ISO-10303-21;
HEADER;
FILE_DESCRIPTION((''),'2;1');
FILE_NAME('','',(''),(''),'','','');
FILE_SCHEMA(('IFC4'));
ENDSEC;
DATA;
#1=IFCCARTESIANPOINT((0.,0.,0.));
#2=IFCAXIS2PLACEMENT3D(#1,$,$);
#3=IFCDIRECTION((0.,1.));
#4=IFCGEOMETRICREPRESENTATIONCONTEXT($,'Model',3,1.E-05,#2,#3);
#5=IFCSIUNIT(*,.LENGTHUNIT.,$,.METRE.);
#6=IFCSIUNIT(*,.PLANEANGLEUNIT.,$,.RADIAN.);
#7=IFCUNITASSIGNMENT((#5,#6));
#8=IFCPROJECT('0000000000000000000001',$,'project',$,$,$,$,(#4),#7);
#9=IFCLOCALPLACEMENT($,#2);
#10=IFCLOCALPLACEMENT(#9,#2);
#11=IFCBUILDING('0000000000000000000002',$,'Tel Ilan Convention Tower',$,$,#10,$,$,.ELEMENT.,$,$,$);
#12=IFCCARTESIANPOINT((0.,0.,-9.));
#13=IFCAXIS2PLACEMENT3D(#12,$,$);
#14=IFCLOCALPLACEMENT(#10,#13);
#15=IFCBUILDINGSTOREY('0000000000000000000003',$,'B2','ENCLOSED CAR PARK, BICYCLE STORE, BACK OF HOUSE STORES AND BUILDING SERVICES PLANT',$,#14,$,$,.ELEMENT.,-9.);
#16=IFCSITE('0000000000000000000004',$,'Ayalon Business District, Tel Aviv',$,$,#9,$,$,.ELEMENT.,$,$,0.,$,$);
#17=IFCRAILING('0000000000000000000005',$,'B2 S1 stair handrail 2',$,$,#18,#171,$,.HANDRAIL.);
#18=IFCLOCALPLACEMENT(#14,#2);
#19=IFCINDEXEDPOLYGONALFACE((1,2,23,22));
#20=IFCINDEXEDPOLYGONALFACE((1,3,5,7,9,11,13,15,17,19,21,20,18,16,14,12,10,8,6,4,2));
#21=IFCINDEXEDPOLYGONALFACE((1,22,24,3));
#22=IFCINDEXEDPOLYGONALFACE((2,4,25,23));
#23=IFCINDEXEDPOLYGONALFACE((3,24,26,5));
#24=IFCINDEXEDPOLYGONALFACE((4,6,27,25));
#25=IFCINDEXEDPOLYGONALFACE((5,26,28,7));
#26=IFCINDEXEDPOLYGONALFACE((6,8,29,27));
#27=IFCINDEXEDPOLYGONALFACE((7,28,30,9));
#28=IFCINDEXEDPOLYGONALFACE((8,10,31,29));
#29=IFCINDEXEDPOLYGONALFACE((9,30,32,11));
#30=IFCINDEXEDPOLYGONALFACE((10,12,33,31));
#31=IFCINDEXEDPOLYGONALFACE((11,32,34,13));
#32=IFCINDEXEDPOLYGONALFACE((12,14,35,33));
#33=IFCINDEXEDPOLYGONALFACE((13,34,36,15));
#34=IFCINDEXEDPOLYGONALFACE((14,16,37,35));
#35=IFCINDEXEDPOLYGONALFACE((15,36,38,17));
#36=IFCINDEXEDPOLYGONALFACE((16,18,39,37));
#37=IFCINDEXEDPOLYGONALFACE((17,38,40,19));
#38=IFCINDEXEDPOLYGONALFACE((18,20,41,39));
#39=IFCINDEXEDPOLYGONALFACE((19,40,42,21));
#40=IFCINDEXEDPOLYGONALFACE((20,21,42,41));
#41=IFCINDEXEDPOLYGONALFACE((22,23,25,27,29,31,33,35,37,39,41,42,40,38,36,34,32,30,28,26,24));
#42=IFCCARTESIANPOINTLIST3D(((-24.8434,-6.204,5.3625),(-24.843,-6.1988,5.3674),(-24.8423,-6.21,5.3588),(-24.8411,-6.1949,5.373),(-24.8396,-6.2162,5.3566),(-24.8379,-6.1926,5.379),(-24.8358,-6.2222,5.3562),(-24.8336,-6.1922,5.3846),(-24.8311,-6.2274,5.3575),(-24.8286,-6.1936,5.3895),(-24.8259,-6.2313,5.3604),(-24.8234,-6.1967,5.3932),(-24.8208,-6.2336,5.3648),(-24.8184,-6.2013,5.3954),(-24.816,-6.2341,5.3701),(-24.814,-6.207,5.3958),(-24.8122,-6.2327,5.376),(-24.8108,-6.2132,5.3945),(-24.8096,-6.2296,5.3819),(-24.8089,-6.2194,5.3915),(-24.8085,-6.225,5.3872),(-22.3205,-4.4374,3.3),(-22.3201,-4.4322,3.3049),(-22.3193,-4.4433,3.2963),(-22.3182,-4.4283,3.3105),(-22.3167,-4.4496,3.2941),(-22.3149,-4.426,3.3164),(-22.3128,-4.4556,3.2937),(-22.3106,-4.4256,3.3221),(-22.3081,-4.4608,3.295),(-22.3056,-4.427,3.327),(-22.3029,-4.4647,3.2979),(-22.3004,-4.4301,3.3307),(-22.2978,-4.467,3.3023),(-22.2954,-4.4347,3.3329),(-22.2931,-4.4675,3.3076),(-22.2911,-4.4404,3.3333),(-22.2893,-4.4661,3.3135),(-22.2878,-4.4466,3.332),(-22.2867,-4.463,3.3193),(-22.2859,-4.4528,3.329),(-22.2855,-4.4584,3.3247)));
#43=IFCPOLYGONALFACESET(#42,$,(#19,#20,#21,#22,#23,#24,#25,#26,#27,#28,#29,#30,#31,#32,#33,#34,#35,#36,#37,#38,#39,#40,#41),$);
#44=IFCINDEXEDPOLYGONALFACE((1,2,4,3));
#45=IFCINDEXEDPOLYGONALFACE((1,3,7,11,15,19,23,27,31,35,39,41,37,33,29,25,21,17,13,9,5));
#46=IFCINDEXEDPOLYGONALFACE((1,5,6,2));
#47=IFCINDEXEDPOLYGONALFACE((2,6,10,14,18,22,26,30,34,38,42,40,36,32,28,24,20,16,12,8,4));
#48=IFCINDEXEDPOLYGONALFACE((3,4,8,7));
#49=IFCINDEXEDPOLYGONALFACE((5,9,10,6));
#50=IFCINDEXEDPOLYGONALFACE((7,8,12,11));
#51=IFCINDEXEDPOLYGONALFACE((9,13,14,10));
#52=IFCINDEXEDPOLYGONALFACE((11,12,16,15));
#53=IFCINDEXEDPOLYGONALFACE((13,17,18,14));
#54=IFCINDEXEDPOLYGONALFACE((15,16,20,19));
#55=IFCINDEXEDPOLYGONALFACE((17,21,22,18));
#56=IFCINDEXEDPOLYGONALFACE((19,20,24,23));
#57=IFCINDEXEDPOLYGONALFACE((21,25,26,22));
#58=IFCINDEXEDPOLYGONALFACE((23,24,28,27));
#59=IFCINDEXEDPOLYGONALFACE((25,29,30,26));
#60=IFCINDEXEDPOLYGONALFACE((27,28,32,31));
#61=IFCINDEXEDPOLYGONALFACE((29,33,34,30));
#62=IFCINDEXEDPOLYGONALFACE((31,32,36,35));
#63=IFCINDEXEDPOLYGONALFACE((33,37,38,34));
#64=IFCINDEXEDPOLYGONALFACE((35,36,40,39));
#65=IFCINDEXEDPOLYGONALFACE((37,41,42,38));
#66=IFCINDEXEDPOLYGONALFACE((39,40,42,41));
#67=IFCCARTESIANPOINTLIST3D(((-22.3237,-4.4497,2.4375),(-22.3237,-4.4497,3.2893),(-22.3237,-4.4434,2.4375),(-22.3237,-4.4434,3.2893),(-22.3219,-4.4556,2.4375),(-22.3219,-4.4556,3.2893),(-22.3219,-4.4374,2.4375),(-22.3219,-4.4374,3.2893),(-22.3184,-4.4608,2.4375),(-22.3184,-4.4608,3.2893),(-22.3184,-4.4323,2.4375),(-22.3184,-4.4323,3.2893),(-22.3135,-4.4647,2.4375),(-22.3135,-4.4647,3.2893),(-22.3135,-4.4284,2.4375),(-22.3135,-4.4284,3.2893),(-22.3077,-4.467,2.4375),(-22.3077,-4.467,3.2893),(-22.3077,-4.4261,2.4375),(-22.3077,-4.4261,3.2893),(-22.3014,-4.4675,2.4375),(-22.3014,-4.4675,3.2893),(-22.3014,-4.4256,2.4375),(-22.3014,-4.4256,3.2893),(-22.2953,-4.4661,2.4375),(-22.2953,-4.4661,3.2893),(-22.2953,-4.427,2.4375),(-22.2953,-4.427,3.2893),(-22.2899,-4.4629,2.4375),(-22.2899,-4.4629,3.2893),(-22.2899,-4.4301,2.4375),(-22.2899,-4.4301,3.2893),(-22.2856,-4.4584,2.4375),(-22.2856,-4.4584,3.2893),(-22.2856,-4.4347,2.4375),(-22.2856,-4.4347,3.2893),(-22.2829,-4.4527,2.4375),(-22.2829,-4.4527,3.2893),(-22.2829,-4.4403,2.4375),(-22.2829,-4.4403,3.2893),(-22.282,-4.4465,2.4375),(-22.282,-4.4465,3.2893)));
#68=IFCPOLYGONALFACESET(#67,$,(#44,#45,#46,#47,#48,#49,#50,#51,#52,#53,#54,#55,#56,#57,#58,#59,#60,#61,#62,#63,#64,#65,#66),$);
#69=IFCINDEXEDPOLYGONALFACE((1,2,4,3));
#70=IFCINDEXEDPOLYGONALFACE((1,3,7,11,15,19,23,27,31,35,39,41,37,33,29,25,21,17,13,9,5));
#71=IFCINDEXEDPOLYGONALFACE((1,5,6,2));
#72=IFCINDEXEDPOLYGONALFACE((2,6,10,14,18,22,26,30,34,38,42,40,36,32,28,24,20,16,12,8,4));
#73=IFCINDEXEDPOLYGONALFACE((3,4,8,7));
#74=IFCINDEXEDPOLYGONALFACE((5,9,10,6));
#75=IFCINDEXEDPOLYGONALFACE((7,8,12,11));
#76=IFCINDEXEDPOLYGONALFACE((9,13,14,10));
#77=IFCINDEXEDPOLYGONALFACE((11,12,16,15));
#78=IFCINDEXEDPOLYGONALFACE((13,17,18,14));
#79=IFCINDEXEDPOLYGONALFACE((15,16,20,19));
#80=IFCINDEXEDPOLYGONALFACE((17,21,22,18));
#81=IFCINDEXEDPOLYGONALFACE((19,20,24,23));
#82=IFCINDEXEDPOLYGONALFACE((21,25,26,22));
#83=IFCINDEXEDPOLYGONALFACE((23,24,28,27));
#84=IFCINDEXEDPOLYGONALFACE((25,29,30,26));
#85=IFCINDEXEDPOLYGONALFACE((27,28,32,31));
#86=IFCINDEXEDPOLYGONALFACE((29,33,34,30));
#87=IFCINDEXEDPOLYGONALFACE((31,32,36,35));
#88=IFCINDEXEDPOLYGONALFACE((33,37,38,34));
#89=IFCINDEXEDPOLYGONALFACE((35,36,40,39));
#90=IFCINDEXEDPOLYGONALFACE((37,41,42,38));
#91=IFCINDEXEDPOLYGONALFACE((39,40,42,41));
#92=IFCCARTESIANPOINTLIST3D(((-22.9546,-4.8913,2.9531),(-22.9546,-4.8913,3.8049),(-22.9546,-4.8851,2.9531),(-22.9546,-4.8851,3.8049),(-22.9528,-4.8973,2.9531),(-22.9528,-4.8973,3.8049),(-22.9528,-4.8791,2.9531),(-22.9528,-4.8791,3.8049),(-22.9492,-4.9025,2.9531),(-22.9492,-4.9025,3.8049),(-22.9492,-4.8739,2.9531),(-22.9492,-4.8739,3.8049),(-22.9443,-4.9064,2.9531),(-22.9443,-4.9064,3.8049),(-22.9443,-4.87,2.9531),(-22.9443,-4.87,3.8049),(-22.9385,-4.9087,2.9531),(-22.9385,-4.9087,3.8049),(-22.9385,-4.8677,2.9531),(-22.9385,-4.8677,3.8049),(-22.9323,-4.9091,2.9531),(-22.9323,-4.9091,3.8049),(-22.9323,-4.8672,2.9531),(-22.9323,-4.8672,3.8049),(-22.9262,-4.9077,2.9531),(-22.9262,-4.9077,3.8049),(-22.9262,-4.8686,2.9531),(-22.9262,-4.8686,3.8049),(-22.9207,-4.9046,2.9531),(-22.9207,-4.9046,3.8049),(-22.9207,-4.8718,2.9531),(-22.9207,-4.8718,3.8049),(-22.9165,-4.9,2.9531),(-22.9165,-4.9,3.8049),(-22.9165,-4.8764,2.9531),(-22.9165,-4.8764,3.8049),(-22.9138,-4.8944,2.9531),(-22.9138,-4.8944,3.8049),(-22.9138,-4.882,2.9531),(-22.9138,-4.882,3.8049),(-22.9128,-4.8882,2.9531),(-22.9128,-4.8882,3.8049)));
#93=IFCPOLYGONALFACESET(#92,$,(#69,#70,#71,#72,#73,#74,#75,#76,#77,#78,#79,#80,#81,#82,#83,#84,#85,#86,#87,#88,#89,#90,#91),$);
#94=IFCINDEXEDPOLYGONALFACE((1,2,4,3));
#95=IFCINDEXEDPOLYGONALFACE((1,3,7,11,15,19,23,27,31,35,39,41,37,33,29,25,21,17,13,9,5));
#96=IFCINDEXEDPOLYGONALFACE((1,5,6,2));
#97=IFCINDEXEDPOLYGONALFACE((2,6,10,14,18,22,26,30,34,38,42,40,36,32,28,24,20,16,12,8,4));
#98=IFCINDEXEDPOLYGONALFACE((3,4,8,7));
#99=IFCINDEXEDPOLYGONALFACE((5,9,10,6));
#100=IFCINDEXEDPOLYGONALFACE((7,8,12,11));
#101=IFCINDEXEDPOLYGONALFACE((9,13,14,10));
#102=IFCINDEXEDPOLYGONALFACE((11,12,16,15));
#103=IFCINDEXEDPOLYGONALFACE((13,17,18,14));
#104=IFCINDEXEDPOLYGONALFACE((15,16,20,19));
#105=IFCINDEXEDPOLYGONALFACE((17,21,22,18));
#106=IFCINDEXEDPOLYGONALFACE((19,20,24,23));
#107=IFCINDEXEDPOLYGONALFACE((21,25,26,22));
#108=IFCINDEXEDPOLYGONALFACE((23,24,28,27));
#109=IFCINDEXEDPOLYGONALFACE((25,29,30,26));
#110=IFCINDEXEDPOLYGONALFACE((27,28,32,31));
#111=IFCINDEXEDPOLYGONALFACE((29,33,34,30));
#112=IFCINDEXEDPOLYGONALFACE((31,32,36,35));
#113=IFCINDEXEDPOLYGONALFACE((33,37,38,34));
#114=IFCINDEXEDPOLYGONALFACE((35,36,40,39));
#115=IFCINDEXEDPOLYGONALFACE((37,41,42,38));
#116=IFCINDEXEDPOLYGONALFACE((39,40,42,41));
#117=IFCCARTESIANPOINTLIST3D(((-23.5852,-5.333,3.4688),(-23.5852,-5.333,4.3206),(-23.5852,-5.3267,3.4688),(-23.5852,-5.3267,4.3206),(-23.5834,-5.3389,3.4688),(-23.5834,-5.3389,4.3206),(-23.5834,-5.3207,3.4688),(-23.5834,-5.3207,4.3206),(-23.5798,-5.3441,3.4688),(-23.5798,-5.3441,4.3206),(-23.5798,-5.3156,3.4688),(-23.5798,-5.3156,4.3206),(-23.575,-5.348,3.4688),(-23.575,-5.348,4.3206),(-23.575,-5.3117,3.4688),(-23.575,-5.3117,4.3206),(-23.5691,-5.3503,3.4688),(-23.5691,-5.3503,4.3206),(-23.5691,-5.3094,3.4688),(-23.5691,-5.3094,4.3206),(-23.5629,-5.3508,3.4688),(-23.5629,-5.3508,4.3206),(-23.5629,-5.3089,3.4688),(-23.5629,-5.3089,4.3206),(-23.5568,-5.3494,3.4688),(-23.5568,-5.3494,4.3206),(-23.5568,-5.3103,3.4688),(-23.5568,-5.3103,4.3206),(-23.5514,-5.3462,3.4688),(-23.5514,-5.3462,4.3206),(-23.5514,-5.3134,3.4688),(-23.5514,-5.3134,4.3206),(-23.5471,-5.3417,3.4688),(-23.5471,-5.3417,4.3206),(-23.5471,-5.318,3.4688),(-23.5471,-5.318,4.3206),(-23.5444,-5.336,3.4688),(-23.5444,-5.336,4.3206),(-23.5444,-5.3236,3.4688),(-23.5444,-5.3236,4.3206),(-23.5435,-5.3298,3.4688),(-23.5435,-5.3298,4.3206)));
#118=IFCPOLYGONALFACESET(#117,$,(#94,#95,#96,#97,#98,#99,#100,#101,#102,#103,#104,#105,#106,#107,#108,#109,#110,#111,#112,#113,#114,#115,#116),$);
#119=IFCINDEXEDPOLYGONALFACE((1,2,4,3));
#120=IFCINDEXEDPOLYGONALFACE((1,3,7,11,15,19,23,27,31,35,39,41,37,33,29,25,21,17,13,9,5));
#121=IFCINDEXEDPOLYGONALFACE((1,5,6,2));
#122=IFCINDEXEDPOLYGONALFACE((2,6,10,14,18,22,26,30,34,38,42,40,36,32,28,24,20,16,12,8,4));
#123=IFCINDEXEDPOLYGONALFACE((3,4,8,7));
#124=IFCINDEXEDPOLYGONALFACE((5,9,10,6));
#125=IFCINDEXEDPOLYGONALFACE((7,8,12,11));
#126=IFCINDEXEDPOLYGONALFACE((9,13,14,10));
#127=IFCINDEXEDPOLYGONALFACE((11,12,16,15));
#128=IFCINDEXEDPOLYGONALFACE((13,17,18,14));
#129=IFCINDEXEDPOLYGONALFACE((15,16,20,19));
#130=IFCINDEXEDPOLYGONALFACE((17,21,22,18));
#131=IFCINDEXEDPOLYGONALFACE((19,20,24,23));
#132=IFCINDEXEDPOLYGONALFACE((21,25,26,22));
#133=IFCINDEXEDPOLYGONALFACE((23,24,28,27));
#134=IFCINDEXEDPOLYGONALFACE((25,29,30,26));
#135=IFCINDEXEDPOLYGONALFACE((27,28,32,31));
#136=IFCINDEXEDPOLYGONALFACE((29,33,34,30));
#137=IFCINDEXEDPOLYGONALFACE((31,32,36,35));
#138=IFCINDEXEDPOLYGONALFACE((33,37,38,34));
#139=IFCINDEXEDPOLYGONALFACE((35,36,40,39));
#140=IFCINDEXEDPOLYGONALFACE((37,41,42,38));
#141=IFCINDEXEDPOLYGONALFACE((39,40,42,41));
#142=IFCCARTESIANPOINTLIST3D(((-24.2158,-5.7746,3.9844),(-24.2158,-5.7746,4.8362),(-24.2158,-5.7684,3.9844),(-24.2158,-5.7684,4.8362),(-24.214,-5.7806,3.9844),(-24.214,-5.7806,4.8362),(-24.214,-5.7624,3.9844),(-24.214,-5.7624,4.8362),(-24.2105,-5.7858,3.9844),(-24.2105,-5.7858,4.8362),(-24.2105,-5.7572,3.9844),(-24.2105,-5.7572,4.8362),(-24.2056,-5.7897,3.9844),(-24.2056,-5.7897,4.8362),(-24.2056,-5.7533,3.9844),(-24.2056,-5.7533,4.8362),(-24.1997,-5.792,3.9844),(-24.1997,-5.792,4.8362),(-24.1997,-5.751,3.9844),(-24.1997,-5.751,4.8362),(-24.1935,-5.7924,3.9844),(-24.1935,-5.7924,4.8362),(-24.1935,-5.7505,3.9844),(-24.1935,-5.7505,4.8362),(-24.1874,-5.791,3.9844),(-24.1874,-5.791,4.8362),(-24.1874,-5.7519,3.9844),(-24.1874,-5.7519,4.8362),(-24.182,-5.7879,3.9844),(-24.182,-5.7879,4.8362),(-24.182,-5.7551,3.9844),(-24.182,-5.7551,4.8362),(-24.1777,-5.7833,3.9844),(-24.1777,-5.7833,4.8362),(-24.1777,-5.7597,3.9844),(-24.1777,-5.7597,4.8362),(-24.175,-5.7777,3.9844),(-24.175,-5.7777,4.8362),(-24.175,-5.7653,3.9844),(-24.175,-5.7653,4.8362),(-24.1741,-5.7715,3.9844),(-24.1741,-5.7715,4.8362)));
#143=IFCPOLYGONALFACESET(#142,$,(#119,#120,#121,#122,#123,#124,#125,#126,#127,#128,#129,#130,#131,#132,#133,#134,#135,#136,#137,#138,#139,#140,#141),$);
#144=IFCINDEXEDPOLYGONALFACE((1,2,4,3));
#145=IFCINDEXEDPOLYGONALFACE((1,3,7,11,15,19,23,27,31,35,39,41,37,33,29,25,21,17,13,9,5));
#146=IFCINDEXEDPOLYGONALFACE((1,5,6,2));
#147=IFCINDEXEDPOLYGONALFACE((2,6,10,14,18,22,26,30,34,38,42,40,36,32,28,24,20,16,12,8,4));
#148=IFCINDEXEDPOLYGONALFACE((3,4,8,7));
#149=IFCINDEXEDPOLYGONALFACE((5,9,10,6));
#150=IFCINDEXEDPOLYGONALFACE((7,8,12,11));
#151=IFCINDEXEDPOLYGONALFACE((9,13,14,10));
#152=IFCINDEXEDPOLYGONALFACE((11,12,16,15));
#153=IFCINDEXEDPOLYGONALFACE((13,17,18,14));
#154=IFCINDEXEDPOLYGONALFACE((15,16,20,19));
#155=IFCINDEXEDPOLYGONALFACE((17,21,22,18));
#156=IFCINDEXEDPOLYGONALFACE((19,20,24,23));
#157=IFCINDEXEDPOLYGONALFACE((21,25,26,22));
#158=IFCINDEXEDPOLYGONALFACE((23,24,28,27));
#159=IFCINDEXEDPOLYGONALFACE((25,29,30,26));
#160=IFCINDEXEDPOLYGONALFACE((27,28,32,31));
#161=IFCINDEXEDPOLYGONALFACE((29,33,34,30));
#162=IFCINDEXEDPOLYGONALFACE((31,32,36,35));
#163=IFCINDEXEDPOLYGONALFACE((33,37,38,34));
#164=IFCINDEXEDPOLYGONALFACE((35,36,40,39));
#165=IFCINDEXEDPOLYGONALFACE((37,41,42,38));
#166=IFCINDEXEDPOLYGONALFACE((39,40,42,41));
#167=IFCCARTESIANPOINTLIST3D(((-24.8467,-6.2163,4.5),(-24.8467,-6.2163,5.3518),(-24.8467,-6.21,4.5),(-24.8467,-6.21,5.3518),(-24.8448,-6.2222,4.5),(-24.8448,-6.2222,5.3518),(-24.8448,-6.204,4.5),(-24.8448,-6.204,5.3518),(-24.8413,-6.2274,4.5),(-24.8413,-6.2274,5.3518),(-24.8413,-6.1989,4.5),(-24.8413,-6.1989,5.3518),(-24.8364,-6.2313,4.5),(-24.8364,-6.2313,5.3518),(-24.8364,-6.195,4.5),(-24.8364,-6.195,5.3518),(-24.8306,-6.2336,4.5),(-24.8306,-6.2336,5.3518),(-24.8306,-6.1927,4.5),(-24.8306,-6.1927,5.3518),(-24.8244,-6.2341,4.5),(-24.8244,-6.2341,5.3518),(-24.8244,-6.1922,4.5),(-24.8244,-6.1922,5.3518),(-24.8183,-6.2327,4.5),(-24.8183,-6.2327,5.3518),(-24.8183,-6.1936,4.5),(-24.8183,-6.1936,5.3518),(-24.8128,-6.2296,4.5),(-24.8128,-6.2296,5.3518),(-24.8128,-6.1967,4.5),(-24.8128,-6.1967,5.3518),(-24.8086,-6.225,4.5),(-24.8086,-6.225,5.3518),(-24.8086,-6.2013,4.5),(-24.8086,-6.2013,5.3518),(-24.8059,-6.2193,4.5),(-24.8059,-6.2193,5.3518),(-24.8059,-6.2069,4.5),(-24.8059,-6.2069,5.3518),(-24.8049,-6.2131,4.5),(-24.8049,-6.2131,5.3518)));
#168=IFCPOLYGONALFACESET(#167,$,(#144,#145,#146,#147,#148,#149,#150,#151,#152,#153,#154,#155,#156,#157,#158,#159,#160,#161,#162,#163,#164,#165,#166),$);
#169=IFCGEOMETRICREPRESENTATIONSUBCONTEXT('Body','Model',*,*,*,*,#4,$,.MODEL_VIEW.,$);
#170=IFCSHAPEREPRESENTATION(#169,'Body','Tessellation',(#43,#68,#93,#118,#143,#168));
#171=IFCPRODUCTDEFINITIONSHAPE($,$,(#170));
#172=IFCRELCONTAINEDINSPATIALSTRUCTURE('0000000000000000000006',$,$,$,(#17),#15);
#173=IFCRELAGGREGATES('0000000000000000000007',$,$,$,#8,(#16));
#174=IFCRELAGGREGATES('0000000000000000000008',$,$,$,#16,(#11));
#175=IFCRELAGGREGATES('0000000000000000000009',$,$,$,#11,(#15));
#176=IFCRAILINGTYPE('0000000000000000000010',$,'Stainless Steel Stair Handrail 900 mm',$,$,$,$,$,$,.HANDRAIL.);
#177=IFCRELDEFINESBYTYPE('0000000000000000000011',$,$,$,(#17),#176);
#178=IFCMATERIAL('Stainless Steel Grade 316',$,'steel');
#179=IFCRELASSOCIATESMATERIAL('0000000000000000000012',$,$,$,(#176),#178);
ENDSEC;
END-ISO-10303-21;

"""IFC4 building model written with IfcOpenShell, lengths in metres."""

from ifc_helpers import new_model, si_unit, direction, frame, origin, origin_2d, place, context, subcontext, project, spatial, circle, extrude, material, type_object, element, save


model = new_model("IFC4")

# Units and contexts
model_context = context("Model", 3, precision=1e-05, world=origin(), true_north=direction((0.0, 1.0)))
body_context = subcontext(model_context, "Body", "Model", "MODEL_VIEW")
ifc_project = project(units=[si_unit("LENGTHUNIT", "METRE"), si_unit("PLANEANGLEUNIT", "RADIAN")], contexts=[model_context])

# Site, building, storey
site_placement = place(None, origin())
site = spatial("IfcSite", under=ifc_project, at=site_placement, Name="Ayalon Business District, Tel Aviv", CompositionType="ELEMENT", RefElevation=0.0)
building_placement = place(site_placement, origin())
building = spatial("IfcBuilding", under=site, at=building_placement, Name="Tel Ilan Convention Tower", CompositionType="ELEMENT")
storey_placement = place(building_placement, frame((0.0, 0.0, -9.0)))
storey = spatial("IfcBuildingStorey", under=building, at=storey_placement, Name="B2", Description="ENCLOSED CAR PARK, BICYCLE STORE, BACK OF HOUSE STORES AND BUILDING SERVICES PLANT", CompositionType="ELEMENT", Elevation=-9.0)

# Railing
ifc_material_1 = material(Name="Stainless Steel Grade 316", Category="steel")
railing_type_1 = type_object("IfcRailingType", Name="Stainless Steel Stair Handrail 900 mm", PredefinedType="HANDRAIL", material=ifc_material_1)
railing_1_placement = place(storey_placement, frame((-22.303, -4.4465, 2.4375)))
element("IfcRailing", 1, at=railing_1_placement, inside=storey, type_object=railing_type_1, Name="B2 S1 stair handrail 2", PredefinedType="HANDRAIL", context=body_context, shape_type="SweptSolid", body=[
    extrude(circle(Radius=0.0239, at=origin_2d()), frame((0.0, 0.0, 0.876), z_axis=(-0.680635, -0.476589, 0.556416), x_axis=(0.573579, -0.81915, 0.0)), (0.0, 0.0, 1.0), 3.7068),
    extrude(circle(Radius=0.021, at=origin_2d()), origin(), (0.0, 0.0, 1.0), 0.8518),
    extrude(circle(Radius=0.021, at=origin_2d()), frame((-0.6309, -0.4417, 0.5156)), (0.0, 0.0, 1.0), 0.8518),
    extrude(circle(Radius=0.021, at=origin_2d()), frame((-1.2615, -0.8833, 1.0312)), (0.0, 0.0, 1.0), 0.8518),
    extrude(circle(Radius=0.021, at=origin_2d()), frame((-1.8921, -1.325, 1.5469)), (0.0, 0.0, 1.0), 0.8518),
    extrude(circle(Radius=0.021, at=origin_2d()), frame((-2.5229, -1.7666, 2.0625)), (0.0, 0.0, 1.0), 0.8518),
])

save(model, "model.ifc")
